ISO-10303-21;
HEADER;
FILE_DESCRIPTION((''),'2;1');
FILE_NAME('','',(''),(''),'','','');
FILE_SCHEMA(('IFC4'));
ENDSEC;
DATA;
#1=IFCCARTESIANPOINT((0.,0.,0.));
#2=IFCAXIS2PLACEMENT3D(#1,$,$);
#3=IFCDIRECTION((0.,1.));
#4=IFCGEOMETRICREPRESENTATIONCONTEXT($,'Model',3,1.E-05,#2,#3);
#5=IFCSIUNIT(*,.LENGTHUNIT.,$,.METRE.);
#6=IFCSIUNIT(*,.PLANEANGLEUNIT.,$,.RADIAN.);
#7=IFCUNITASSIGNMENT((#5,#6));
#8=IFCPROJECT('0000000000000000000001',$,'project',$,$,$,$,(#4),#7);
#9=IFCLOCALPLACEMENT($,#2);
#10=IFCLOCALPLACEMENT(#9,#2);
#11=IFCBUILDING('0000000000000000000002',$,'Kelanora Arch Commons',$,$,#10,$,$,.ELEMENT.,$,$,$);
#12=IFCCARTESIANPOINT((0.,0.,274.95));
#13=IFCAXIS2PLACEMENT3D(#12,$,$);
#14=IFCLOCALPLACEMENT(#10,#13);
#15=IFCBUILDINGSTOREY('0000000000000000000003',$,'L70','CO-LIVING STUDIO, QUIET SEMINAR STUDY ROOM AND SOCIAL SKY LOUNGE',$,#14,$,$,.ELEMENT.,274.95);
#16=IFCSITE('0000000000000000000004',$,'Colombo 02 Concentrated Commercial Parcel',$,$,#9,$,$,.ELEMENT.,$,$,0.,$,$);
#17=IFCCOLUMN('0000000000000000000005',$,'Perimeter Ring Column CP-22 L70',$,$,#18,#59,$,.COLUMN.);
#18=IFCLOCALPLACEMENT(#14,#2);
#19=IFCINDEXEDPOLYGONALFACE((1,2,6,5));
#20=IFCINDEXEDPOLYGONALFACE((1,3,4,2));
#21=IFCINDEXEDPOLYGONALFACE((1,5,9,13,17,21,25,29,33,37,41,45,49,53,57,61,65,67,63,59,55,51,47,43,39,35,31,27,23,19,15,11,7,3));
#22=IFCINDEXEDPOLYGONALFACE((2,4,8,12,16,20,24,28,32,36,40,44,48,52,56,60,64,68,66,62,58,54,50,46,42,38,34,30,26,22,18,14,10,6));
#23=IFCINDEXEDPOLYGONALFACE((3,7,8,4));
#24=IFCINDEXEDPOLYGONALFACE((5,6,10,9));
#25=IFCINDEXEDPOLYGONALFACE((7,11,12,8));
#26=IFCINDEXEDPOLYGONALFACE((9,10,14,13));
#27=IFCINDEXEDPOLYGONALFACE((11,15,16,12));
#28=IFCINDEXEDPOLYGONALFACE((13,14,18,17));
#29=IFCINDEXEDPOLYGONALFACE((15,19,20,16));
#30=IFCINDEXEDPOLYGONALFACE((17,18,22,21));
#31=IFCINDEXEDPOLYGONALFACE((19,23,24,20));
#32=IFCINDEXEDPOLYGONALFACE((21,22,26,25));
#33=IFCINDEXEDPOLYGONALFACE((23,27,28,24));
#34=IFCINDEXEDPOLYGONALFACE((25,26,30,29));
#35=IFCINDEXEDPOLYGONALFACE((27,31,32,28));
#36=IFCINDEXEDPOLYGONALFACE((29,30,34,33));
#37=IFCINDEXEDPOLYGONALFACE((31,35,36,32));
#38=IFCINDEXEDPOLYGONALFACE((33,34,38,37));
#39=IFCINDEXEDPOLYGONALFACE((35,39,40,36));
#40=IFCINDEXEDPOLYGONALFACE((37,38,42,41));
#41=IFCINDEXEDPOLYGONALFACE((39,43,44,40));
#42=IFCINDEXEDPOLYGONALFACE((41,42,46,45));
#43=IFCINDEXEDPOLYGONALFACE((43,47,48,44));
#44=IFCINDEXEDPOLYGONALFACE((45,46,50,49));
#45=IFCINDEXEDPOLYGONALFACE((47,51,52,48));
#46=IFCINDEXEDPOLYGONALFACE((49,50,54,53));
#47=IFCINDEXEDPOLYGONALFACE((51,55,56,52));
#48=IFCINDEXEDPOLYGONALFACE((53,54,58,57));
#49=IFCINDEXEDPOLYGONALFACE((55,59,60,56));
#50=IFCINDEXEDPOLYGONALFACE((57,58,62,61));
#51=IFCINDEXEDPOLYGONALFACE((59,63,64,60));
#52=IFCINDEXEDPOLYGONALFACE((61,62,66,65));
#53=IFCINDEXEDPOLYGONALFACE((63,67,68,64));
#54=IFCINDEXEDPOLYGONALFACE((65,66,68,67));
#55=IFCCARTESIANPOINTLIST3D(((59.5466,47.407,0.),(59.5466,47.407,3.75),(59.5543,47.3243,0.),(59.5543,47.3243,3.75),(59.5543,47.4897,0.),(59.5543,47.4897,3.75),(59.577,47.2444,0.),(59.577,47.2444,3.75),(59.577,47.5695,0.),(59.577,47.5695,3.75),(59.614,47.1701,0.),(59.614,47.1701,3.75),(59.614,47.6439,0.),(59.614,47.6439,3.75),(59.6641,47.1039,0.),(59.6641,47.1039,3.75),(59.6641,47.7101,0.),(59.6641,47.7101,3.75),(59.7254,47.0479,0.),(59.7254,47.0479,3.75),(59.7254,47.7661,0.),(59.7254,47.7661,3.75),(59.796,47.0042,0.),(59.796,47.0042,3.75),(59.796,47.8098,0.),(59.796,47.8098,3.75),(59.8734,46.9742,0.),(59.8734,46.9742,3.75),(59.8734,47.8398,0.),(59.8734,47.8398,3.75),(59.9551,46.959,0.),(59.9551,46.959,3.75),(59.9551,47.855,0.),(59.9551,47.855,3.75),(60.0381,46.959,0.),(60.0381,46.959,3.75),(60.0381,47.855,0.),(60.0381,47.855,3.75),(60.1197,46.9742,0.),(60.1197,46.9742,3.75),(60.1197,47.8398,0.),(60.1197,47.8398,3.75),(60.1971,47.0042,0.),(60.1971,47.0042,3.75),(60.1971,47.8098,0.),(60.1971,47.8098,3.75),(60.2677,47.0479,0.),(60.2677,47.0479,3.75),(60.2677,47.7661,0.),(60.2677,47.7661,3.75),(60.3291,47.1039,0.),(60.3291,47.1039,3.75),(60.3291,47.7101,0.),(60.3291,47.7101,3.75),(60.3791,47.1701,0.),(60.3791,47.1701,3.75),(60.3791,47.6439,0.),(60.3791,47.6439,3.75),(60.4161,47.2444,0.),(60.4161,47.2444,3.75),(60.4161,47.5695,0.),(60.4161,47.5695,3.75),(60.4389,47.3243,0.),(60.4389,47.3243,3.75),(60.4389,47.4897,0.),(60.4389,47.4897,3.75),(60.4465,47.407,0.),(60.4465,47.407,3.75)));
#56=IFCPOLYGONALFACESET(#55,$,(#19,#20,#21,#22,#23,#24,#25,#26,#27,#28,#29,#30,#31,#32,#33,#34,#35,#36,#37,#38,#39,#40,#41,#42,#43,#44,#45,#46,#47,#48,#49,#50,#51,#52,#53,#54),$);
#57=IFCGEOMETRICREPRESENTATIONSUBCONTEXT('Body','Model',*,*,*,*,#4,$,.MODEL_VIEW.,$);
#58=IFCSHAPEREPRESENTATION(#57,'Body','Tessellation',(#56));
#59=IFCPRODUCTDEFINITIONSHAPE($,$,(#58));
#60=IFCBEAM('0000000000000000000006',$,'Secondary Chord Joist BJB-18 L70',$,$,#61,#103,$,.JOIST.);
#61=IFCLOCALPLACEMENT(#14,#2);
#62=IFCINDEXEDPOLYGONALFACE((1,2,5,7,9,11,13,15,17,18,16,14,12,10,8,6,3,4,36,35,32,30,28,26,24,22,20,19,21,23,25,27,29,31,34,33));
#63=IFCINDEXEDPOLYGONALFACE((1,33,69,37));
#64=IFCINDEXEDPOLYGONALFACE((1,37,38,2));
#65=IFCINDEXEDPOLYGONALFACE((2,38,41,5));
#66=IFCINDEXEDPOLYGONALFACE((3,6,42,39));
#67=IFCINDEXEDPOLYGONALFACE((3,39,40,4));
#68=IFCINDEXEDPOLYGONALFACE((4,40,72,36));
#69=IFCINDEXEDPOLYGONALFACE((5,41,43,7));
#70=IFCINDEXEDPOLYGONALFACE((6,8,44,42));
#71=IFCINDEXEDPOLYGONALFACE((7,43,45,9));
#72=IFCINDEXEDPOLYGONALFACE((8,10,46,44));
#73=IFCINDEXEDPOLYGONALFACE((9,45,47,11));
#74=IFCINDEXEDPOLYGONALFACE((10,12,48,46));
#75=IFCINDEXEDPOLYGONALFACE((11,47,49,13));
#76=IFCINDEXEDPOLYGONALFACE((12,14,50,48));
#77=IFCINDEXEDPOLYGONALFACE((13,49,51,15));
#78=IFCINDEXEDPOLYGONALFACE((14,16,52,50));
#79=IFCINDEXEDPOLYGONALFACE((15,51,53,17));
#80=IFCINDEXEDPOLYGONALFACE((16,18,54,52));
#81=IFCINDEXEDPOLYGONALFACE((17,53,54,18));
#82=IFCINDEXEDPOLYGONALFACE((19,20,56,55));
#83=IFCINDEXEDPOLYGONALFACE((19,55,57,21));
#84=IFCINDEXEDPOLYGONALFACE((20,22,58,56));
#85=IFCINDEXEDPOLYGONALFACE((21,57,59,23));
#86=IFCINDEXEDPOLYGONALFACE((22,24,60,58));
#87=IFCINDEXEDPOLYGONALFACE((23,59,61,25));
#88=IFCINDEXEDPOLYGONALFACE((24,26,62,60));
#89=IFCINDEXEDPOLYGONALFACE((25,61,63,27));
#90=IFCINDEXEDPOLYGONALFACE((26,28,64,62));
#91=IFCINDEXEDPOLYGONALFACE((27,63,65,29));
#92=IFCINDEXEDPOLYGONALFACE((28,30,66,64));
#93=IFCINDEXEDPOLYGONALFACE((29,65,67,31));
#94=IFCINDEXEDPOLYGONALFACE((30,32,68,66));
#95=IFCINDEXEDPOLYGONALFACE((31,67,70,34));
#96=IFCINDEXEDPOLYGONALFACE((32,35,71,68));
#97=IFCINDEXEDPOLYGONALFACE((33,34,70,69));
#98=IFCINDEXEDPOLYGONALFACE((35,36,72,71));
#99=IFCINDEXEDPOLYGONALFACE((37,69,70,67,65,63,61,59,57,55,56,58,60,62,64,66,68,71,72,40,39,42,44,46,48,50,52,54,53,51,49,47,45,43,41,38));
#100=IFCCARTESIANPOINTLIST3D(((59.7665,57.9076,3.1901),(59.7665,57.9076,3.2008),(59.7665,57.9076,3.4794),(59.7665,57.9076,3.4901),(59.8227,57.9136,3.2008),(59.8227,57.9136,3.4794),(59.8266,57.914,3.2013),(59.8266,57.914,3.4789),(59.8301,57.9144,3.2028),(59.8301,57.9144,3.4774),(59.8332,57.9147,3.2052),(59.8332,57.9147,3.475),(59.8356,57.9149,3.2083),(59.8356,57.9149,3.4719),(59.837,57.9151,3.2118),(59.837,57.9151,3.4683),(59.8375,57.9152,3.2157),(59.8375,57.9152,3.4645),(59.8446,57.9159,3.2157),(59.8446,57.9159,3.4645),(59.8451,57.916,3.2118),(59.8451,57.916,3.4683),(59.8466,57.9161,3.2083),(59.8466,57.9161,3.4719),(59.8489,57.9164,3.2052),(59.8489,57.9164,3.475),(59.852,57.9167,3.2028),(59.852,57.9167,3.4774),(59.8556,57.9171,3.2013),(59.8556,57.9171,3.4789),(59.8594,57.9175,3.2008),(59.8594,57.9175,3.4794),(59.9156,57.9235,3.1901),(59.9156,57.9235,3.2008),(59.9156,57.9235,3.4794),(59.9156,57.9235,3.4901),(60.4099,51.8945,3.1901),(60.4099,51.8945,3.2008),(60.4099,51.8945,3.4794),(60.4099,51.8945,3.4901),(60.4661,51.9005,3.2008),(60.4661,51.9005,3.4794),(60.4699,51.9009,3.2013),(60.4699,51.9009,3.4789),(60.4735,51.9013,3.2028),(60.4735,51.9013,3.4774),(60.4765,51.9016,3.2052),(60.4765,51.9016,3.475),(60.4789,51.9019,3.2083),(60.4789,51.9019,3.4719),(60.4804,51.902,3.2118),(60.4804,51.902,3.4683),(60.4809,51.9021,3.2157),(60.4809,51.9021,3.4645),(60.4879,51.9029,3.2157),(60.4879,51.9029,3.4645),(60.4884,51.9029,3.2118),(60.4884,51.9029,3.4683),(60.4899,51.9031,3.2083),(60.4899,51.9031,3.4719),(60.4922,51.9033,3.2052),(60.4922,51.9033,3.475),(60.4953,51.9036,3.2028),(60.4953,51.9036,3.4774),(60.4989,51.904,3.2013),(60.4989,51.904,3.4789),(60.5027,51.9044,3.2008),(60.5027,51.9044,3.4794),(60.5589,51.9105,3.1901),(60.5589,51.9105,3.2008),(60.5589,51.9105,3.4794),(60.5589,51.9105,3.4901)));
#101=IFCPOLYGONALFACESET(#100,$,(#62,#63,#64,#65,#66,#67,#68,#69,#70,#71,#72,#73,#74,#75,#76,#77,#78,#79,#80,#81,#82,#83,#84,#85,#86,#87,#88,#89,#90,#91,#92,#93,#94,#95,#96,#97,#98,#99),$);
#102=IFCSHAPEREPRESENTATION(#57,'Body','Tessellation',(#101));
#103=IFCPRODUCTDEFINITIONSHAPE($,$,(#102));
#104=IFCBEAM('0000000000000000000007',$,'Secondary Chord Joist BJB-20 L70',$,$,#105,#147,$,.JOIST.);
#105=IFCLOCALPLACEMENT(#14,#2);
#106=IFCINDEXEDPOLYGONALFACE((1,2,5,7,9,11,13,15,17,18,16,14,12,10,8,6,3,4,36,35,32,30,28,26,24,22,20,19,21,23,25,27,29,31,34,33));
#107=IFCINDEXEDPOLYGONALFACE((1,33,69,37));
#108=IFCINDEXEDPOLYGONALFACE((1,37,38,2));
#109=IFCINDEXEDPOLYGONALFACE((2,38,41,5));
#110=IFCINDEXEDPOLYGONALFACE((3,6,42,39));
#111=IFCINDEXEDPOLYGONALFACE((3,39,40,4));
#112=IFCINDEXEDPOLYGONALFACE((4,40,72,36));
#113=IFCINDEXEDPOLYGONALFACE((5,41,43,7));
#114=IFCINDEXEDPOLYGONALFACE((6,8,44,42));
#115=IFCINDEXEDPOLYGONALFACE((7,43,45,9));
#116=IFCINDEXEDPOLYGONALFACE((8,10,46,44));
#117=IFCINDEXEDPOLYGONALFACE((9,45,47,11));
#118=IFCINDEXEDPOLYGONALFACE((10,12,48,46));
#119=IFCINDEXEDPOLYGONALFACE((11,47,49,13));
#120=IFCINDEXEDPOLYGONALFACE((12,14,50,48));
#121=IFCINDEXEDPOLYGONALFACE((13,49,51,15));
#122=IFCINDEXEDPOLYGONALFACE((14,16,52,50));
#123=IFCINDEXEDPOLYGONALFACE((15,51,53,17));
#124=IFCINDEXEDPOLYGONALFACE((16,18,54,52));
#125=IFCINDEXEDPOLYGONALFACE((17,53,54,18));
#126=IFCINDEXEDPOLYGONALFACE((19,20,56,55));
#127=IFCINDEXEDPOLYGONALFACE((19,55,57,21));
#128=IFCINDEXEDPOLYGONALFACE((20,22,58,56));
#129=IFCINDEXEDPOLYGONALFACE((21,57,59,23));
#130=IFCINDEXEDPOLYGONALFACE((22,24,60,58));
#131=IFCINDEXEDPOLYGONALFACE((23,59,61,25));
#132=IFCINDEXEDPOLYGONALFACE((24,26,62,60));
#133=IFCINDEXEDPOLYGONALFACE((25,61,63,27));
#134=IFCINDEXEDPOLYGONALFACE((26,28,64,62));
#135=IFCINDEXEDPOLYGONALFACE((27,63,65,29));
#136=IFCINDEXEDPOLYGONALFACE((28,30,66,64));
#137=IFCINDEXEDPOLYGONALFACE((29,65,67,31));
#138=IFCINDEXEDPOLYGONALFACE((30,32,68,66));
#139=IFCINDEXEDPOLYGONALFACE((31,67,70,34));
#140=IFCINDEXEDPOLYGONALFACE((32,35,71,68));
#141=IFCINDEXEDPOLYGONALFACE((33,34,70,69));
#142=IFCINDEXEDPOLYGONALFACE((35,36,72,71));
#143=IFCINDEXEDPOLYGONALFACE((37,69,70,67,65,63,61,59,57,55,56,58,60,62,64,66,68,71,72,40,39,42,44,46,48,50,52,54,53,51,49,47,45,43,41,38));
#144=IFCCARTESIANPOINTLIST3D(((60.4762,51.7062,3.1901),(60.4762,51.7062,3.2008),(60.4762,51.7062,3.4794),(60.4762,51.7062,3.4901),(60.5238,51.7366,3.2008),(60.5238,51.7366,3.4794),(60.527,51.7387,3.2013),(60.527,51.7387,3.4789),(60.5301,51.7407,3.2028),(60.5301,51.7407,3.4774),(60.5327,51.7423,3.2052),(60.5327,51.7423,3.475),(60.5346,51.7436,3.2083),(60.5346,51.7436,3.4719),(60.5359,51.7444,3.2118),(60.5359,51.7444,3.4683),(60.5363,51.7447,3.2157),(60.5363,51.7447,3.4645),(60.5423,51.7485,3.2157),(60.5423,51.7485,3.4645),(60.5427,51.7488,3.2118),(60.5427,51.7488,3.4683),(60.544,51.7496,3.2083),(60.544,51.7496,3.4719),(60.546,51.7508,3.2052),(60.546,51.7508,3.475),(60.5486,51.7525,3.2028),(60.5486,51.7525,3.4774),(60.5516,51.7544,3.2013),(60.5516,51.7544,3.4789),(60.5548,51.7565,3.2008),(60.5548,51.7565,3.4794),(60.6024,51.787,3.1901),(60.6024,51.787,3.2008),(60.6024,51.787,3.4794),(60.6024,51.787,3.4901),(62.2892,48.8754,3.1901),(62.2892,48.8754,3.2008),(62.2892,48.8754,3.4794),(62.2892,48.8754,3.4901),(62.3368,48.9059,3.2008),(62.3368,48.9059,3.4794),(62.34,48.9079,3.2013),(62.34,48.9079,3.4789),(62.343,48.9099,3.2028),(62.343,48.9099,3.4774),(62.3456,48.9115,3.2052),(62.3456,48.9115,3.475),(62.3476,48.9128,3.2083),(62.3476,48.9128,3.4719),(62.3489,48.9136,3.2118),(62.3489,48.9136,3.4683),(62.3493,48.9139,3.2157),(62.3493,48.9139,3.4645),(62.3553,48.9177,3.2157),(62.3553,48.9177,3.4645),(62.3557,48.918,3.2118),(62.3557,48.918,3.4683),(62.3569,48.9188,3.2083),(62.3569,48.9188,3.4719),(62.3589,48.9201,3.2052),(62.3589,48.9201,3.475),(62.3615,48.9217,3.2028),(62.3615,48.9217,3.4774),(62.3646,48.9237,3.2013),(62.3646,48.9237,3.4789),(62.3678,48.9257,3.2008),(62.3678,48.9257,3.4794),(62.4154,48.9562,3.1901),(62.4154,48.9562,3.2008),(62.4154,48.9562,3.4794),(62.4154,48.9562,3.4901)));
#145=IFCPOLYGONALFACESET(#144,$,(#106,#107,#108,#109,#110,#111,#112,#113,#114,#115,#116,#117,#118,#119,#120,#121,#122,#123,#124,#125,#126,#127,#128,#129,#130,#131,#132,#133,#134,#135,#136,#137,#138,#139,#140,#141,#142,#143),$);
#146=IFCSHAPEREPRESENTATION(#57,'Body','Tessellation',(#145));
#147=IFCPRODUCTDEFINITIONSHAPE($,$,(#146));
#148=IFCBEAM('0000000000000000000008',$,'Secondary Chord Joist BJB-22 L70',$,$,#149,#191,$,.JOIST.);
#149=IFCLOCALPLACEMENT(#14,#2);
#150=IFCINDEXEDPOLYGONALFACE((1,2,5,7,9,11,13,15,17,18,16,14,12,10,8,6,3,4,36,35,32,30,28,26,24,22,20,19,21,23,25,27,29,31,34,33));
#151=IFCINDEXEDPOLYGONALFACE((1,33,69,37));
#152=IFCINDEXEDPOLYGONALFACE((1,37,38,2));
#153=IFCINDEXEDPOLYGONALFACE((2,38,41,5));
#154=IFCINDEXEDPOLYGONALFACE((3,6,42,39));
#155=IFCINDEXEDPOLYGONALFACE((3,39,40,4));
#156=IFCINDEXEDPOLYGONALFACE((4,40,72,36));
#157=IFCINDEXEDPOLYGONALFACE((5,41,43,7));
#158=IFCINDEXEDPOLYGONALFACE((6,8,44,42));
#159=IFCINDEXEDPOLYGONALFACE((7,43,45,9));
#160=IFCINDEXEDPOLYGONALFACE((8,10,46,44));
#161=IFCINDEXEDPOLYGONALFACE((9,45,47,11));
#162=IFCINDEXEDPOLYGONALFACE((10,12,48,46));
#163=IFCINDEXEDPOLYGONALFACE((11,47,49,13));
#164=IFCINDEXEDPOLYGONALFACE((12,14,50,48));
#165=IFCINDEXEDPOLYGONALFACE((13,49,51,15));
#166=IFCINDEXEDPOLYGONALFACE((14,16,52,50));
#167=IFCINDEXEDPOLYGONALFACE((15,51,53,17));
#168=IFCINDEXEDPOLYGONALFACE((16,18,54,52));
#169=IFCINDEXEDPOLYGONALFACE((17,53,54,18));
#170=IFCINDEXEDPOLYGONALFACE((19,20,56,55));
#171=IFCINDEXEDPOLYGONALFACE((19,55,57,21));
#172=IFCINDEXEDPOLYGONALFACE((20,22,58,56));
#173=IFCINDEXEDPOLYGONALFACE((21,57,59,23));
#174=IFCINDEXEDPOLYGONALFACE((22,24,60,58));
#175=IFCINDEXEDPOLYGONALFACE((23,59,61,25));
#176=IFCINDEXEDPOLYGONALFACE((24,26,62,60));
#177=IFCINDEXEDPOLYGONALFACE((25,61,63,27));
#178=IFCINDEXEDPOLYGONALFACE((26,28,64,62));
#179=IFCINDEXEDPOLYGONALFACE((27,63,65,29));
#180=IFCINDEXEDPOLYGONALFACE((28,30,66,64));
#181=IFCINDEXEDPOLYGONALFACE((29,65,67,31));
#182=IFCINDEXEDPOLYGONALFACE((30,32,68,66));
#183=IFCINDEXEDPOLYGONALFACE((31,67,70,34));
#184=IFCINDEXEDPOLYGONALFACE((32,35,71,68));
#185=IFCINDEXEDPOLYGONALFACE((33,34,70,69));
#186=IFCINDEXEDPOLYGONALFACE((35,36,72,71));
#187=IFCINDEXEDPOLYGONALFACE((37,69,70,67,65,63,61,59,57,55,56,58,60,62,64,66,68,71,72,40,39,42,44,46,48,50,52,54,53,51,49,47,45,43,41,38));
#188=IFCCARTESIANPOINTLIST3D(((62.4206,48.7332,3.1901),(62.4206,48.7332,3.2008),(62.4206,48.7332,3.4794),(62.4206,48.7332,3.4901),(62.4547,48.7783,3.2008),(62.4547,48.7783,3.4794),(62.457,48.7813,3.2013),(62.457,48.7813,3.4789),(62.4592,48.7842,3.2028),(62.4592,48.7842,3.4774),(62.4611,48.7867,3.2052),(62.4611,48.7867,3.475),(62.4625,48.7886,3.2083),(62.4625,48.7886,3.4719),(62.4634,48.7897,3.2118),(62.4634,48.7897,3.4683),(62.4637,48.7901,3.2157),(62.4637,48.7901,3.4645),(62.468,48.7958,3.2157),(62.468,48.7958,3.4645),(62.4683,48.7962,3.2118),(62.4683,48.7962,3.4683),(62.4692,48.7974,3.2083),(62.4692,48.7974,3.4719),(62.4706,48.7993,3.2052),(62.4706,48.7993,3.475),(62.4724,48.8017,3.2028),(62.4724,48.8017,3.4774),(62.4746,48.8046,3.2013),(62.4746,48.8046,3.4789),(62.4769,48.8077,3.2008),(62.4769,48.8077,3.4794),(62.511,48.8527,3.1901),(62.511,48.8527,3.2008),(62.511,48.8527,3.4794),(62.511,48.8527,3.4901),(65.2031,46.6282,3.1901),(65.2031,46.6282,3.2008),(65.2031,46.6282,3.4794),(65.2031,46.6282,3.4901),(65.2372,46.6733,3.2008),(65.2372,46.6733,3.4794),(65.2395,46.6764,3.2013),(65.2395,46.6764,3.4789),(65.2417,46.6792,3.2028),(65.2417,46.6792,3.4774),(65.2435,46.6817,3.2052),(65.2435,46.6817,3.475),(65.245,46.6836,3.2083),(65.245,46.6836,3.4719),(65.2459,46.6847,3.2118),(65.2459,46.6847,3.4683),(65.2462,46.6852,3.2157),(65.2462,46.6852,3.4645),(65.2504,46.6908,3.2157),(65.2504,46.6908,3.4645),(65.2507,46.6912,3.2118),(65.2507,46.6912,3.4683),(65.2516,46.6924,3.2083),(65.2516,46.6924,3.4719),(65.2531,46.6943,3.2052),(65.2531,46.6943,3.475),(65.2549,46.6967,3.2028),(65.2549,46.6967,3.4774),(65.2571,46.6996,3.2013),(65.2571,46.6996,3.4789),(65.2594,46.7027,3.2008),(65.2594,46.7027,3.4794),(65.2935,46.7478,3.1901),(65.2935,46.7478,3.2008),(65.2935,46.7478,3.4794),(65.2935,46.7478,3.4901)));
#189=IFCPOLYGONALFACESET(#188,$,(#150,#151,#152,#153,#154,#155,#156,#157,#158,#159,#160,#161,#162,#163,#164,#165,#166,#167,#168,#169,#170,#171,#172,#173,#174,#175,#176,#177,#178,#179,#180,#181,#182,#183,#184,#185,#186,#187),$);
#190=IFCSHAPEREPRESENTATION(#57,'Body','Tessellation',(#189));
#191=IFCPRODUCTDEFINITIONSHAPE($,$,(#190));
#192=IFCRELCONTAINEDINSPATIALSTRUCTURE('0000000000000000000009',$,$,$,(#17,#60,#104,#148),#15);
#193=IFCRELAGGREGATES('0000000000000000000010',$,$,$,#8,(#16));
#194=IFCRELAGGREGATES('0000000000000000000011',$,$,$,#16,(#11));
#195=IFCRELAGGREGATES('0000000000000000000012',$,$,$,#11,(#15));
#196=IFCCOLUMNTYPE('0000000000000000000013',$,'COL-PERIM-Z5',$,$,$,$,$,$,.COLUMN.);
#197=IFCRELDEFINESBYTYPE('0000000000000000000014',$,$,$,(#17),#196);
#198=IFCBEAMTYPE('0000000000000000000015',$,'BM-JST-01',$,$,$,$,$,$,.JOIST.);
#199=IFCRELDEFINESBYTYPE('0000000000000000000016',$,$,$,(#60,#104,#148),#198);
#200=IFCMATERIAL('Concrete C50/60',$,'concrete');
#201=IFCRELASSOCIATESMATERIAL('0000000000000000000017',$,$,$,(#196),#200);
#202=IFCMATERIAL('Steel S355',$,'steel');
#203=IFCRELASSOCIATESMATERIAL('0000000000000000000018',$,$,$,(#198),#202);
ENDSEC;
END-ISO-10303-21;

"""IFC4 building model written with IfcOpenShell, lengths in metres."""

from ifc_helpers import new_model, si_unit, direction, frame, origin, origin_2d, place, context, subcontext, project, spatial, circle, i_section, extrude, material, material_profile, profile_set, type_object, element, save


model = new_model("IFC4")

# Units and contexts
model_context = context("Model", 3, precision=1e-05, world=origin(), true_north=direction((0.0, 1.0)))
body_context = subcontext(model_context, "Body", "Model", "MODEL_VIEW")
ifc_project = project(units=[si_unit("LENGTHUNIT", "METRE"), si_unit("PLANEANGLEUNIT", "RADIAN")], contexts=[model_context])

# Site, building, storey
site_placement = place(None, origin())
site = spatial("IfcSite", under=ifc_project, at=site_placement, Name="Colombo 02 Concentrated Commercial Parcel", CompositionType="ELEMENT", RefElevation=0.0)
building_placement = place(site_placement, origin())
building = spatial("IfcBuilding", under=site, at=building_placement, Name="Kelanora Arch Commons", CompositionType="ELEMENT")
storey_placement = place(building_placement, frame((0.0, 0.0, 274.95)))
storey = spatial("IfcBuildingStorey", under=building, at=storey_placement, Name="L70", Description="CO-LIVING STUDIO, QUIET SEMINAR STUDY ROOM AND SOCIAL SKY LOUNGE", CompositionType="ELEMENT", Elevation=274.95)

# Column
ifc_material_1 = material(Name="Concrete C50/60", Category="concrete")
ifc_material_profile_1 = material_profile(ifc_material_1, circle(Radius=0.45, at=origin_2d()), Name="RCC900")
ifc_profile_set_1 = profile_set([ifc_material_profile_1], Name="Concrete C50/60")
column_type = type_object("IfcColumnType", Name="COL-PERIM-Z5", PredefinedType="COLUMN", material=ifc_profile_set_1)
column_placement = place(storey_placement, frame((59.9966, 47.407, 0.0), z_axis=(0.0, 0.0, 1.0), x_axis=(1.0, 0.0, 0.0)))
element("IfcColumn", 1, at=column_placement, inside=storey, type_object=column_type, Name="Perimeter Ring Column CP-22 L70", PredefinedType="COLUMN", context=body_context, shape_type="SweptSolid", body=[
    extrude(circle(Radius=0.45, at=origin_2d()), origin(), (0.0, 0.0, 1.0), 3.75),
])

# Beams
ifc_material_2 = material(Name="Steel S355", Category="steel")
ifc_material_profile_2 = material_profile(ifc_material_2, i_section(OverallWidth=0.1499, OverallDepth=0.3, WebThickness=0.0071, FlangeThickness=0.0107, FilletRadius=0.0149, at=origin_2d()), Name="IPE300")
ifc_profile_set_2 = profile_set([ifc_material_profile_2], Name="Steel S355")
beam_type_1 = type_object("IfcBeamType", Name="BM-JST-01", PredefinedType="JOIST", material=ifc_profile_set_2)
beam_1_placement = place(storey_placement, frame((59.8411, 57.9155, 3.3401), z_axis=(0.106381, -0.994325, 0.0), x_axis=(0.994325, 0.106381, 0.0)))
element("IfcBeam", 2, at=beam_1_placement, inside=storey, type_object=beam_type_1, Name="Secondary Chord Joist BJB-18 L70", PredefinedType="JOIST", context=body_context, shape_type="SweptSolid", body=[
    extrude(i_section(OverallWidth=0.1499, OverallDepth=0.3, WebThickness=0.0071, FlangeThickness=0.0107, FilletRadius=0.0149, at=origin_2d()), origin(), (0.0, 0.0, 1.0), 6.0474),
])
beam_2_placement = place(storey_placement, frame((60.5393, 51.7466, 3.3401), z_axis=(0.539322, -0.8421, 0.0), x_axis=(0.8421, 0.539322, 0.0)))
element("IfcBeam", 3, at=beam_2_placement, inside=storey, type_object=beam_type_1, Name="Secondary Chord Joist BJB-20 L70", PredefinedType="JOIST", context=body_context, shape_type="SweptSolid", body=[
    extrude(i_section(OverallWidth=0.1499, OverallDepth=0.3, WebThickness=0.0071, FlangeThickness=0.0107, FilletRadius=0.0149, at=origin_2d()), origin(), (0.0, 0.0, 1.0), 3.3616),
])
beam_3_placement = place(storey_placement, frame((62.4658, 48.793, 3.3401), z_axis=(0.797499, -0.60332, 0.0), x_axis=(0.60332, 0.797499, 0.0)))
element("IfcBeam", 4, at=beam_3_placement, inside=storey, type_object=beam_type_1, Name="Secondary Chord Joist BJB-22 L70", PredefinedType="JOIST", context=body_context, shape_type="SweptSolid", body=[
    extrude(i_section(OverallWidth=0.1499, OverallDepth=0.3, WebThickness=0.0071, FlangeThickness=0.0107, FilletRadius=0.0149, at=origin_2d()), origin(), (0.0, 0.0, 1.0), 3.489),
])

save(model, "model.ifc")
